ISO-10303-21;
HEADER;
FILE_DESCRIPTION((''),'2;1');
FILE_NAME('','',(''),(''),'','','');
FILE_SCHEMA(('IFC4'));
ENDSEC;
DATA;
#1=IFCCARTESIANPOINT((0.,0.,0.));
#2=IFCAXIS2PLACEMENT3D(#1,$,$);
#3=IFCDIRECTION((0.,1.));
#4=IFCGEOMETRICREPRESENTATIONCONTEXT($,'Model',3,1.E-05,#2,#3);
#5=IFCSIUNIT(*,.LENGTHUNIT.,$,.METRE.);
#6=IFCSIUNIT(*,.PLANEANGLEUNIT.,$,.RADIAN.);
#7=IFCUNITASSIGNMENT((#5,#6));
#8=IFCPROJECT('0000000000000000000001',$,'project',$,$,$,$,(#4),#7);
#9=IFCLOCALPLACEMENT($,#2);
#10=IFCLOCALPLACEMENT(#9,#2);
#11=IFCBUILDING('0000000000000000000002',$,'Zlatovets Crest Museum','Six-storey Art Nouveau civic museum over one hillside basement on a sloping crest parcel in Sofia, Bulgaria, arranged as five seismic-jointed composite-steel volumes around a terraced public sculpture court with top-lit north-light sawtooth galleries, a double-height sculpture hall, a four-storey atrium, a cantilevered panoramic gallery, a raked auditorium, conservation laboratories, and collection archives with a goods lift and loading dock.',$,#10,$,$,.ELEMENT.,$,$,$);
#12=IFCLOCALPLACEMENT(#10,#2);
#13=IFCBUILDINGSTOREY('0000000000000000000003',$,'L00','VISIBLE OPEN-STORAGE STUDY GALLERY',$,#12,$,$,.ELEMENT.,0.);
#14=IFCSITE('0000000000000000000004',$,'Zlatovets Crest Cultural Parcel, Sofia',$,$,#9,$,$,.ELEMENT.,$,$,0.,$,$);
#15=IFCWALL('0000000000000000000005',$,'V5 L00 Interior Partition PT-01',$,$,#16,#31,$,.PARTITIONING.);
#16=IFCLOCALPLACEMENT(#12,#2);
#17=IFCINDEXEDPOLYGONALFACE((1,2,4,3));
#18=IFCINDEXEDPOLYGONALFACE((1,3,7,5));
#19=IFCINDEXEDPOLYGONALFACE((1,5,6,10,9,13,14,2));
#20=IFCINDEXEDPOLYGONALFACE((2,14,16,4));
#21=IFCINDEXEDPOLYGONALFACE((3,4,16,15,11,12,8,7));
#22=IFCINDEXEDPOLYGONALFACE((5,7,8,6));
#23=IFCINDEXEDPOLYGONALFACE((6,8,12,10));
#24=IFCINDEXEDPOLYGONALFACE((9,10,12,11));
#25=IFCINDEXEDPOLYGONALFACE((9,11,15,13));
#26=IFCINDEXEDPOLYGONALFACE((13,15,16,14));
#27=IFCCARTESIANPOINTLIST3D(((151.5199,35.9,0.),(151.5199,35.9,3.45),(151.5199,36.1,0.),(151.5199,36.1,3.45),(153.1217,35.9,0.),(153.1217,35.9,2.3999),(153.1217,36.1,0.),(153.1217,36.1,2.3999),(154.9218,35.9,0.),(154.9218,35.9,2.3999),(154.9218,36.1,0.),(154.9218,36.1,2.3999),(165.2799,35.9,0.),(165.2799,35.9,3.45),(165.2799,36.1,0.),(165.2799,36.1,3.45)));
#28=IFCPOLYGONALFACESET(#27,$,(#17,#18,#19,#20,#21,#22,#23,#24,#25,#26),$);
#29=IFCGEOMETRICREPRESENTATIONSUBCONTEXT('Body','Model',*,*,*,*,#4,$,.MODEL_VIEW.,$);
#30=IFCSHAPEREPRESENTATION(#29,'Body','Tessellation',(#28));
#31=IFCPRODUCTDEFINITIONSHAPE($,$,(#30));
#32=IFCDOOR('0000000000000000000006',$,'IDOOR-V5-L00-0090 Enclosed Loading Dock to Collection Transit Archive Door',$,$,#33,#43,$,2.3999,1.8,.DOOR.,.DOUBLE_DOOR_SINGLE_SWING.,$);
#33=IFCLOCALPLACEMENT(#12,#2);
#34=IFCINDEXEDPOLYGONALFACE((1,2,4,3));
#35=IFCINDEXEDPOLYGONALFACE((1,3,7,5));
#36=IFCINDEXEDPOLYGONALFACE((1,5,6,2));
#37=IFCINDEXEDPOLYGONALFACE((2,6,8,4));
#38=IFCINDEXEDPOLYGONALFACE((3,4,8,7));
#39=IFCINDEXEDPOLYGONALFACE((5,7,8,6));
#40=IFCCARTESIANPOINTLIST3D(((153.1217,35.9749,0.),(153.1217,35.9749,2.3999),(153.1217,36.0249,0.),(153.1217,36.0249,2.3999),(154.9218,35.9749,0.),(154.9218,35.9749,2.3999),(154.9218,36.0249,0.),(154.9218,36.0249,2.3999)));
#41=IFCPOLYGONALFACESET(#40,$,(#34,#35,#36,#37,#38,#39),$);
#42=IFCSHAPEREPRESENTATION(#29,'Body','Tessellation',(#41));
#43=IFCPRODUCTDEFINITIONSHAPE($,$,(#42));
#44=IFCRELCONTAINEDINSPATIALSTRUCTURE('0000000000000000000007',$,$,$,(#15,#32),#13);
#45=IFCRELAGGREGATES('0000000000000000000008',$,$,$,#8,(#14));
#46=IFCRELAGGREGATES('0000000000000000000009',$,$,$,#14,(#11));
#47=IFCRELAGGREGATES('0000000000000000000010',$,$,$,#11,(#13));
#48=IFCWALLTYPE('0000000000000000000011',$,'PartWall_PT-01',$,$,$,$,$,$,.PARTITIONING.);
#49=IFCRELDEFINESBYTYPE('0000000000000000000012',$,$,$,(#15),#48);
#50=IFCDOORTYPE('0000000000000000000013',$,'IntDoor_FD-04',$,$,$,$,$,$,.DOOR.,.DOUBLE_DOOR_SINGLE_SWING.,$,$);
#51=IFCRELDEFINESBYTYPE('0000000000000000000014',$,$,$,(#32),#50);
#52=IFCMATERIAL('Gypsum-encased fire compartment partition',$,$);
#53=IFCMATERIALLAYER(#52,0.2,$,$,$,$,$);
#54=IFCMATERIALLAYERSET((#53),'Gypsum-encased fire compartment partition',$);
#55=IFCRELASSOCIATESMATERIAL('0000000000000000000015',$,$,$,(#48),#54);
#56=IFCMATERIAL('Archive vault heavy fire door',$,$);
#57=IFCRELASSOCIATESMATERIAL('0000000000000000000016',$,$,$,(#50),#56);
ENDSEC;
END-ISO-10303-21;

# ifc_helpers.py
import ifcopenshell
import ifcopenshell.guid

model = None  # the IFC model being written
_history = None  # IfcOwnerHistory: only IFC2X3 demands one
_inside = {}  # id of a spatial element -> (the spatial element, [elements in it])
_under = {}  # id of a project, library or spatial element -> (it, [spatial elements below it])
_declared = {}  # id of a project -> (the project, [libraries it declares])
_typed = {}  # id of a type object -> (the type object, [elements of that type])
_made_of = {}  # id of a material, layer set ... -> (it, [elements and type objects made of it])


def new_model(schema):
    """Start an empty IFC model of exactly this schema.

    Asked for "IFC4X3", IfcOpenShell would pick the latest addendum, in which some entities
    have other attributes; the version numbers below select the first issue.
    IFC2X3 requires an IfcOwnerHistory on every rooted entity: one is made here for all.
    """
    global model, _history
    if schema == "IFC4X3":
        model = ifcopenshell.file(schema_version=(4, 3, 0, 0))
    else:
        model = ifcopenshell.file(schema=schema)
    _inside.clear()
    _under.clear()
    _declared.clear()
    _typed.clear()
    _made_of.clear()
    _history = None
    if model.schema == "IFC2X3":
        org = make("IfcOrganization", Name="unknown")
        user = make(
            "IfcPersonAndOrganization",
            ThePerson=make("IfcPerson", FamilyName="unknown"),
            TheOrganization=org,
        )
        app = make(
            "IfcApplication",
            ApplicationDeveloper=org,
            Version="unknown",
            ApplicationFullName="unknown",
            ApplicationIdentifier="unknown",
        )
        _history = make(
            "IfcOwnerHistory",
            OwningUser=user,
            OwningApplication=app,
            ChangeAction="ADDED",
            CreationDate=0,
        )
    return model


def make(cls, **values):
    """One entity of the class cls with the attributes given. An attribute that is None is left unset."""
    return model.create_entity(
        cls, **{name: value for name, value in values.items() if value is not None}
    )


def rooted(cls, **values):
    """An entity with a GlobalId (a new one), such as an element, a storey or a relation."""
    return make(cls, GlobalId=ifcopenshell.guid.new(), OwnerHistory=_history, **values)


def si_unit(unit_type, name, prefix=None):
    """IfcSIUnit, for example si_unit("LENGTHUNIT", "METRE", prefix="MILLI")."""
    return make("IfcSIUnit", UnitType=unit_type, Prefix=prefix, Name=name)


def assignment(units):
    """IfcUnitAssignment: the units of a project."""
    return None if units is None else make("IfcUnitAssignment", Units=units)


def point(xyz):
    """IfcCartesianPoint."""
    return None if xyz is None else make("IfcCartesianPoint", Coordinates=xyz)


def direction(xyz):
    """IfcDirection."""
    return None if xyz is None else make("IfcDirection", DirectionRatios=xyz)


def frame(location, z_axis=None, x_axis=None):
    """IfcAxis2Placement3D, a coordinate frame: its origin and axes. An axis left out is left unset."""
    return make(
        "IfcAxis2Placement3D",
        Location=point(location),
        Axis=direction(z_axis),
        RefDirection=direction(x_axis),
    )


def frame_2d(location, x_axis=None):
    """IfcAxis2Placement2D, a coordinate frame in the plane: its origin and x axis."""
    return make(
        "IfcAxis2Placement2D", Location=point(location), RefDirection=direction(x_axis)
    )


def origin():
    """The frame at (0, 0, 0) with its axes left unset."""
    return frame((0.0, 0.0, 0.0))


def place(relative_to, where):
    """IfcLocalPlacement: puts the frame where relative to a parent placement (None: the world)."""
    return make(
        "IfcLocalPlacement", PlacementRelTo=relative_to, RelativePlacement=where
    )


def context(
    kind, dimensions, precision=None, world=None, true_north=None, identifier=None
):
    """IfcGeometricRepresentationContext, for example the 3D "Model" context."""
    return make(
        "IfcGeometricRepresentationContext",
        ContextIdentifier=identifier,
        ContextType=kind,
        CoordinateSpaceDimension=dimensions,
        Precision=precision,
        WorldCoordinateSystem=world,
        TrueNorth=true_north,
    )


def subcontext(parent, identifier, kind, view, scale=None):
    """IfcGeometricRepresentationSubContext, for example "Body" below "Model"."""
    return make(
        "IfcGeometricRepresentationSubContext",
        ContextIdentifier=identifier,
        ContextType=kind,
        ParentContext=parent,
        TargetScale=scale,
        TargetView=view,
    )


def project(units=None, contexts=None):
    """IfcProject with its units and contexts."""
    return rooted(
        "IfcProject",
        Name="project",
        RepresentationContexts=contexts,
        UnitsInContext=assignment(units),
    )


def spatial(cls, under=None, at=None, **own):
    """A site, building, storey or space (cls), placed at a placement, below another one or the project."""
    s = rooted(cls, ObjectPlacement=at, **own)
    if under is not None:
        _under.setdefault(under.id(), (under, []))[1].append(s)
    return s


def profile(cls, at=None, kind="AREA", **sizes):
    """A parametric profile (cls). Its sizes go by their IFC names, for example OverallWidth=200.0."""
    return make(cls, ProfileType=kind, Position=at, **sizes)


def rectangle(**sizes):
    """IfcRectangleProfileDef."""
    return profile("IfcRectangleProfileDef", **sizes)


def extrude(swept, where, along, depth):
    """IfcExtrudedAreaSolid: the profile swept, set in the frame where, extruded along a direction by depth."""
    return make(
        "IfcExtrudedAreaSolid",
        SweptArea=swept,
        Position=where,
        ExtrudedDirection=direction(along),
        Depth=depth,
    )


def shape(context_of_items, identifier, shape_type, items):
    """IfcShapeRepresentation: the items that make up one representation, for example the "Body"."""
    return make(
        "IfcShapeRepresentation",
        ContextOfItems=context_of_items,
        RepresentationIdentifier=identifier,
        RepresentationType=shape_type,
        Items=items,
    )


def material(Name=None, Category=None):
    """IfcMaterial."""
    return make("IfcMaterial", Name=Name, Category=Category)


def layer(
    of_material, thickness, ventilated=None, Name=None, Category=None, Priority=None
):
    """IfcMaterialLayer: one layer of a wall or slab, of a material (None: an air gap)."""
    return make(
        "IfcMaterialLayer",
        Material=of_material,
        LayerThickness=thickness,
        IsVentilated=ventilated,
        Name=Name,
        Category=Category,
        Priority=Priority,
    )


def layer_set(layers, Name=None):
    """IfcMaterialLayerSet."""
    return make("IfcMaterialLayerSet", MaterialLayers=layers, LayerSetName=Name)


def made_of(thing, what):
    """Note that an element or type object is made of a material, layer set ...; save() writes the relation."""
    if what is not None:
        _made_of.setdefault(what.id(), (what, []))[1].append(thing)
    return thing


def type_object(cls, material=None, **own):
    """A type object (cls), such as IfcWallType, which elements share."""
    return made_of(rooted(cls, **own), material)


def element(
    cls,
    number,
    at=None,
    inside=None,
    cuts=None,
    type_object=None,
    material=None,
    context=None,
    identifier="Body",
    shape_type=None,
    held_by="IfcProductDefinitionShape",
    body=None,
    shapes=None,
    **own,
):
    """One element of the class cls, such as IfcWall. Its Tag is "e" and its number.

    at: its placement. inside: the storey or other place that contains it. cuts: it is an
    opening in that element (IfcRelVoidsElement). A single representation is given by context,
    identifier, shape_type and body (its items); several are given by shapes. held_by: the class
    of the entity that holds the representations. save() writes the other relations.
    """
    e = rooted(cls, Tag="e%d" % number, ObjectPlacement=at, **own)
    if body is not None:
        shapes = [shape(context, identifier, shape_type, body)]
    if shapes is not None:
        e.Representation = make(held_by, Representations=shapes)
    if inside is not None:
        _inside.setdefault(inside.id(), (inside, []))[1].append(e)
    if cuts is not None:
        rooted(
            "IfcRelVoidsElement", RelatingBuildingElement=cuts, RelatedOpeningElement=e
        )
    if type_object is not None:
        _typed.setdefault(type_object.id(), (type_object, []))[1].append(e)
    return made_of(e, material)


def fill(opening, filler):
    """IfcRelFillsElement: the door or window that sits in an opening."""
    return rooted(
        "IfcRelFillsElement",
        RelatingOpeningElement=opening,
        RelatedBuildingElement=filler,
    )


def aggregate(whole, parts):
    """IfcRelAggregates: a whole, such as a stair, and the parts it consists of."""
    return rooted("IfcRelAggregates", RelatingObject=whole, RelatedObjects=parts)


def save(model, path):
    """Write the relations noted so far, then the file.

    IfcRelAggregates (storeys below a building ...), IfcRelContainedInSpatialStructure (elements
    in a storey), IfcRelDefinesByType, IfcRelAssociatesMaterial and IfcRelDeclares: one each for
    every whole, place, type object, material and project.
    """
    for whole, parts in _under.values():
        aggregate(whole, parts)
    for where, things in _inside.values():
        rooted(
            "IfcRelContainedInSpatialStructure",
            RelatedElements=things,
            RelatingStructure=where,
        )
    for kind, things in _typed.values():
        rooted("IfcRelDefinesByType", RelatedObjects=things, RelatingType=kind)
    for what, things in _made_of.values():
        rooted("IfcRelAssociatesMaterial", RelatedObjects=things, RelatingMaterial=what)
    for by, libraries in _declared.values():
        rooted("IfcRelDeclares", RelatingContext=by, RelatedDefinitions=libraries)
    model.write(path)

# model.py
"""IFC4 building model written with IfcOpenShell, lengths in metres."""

from ifc_helpers import new_model, si_unit, direction, frame, frame_2d, origin, place, context, subcontext, project, spatial, rectangle, extrude, material, layer, layer_set, type_object, element, fill, save


model = new_model("IFC4")

# Units and contexts
model_context = context("Model", 3, precision=1e-05, world=origin(), true_north=direction((0.0, 1.0)))
body_context = subcontext(model_context, "Body", "Model", "MODEL_VIEW")
ifc_project = project(units=[si_unit("LENGTHUNIT", "METRE"), si_unit("PLANEANGLEUNIT", "RADIAN")], contexts=[model_context])

# Site, building, storey
site_placement = place(None, origin())
site = spatial("IfcSite", under=ifc_project, at=site_placement, Name="Zlatovets Crest Cultural Parcel, Sofia", CompositionType="ELEMENT", RefElevation=0.0)
building_placement = place(site_placement, origin())
building = spatial("IfcBuilding", under=site, at=building_placement, Name="Zlatovets Crest Museum", Description="Six-storey Art Nouveau civic museum over one hillside basement on a sloping crest parcel in Sofia, Bulgaria, arranged as five seismic-jointed composite-steel volumes around a terraced public sculpture court with top-lit north-light sawtooth galleries, a double-height sculpture hall, a four-storey atrium, a cantilevered panoramic gallery, a raked auditorium, conservation laboratories, and collection archives with a goods lift and loading dock.", CompositionType="ELEMENT")
storey_placement = place(building_placement, origin())
storey = spatial("IfcBuildingStorey", under=building, at=storey_placement, Name="L00", Description="VISIBLE OPEN-STORAGE STUDY GALLERY", CompositionType="ELEMENT", Elevation=0.0)

# Wall, opening, door
ifc_material_1 = material(Name="Gypsum-encased fire compartment partition")
ifc_layer = layer(ifc_material_1, 0.2)
ifc_layer_set = layer_set([ifc_layer], Name="Gypsum-encased fire compartment partition")
wall_type = type_object("IfcWallType", Name="PartWall_PT-01", PredefinedType="PARTITIONING", material=ifc_layer_set)
wall_placement = place(storey_placement, frame((151.52, 36.0, 0.0), z_axis=(0.0, 0.0, 1.0), x_axis=(1.0, 0.0, 0.0)))
wall = element("IfcWall", 1, at=wall_placement, inside=storey, type_object=wall_type, Name="V5 L00 Interior Partition PT-01", PredefinedType="PARTITIONING", context=body_context, shape_type="SweptSolid", body=[
    extrude(rectangle(XDim=13.76, YDim=0.2, at=frame_2d((6.8799, 0.0))), origin(), (0.0, 0.0, 1.0), 3.45),
])
opening_placement = place(wall_placement, frame((1.6018, 0.0, 0.0)))
opening = element("IfcOpeningElement", 2, at=opening_placement, cuts=wall, PredefinedType="OPENING", context=body_context, shape_type="SweptSolid", body=[
    extrude(rectangle(XDim=1.8, YDim=2.3999, at=frame_2d((0.8999, 1.2))), frame((0.0, 0.1099, 0.0), z_axis=(0.0, -1.0, 0.0), x_axis=(1.0, 0.0, 0.0)), (0.0, 0.0, 1.0), 0.22),
])
ifc_material_2 = material(Name="Archive vault heavy fire door")
door_type = type_object("IfcDoorType", Name="IntDoor_FD-04", OperationType="DOUBLE_DOOR_SINGLE_SWING", PredefinedType="DOOR", material=ifc_material_2)
door_placement = place(opening_placement, origin())
door = element("IfcDoor", 3, at=door_placement, inside=storey, type_object=door_type, Name="IDOOR-V5-L00-0090 Enclosed Loading Dock to Collection Transit Archive Door", OperationType="DOUBLE_DOOR_SINGLE_SWING", OverallHeight=2.3999, OverallWidth=1.8, PredefinedType="DOOR", context=body_context, shape_type="SweptSolid", body=[
    extrude(rectangle(XDim=1.8, YDim=2.3999, at=frame_2d((0.8999, 1.2))), frame((0.0, 0.0249, 0.0), z_axis=(0.0, -1.0, 0.0), x_axis=(1.0, 0.0, 0.0)), (0.0, 0.0, 1.0), 0.05),
])
fill(opening, door)

save(model, "model.ifc")
